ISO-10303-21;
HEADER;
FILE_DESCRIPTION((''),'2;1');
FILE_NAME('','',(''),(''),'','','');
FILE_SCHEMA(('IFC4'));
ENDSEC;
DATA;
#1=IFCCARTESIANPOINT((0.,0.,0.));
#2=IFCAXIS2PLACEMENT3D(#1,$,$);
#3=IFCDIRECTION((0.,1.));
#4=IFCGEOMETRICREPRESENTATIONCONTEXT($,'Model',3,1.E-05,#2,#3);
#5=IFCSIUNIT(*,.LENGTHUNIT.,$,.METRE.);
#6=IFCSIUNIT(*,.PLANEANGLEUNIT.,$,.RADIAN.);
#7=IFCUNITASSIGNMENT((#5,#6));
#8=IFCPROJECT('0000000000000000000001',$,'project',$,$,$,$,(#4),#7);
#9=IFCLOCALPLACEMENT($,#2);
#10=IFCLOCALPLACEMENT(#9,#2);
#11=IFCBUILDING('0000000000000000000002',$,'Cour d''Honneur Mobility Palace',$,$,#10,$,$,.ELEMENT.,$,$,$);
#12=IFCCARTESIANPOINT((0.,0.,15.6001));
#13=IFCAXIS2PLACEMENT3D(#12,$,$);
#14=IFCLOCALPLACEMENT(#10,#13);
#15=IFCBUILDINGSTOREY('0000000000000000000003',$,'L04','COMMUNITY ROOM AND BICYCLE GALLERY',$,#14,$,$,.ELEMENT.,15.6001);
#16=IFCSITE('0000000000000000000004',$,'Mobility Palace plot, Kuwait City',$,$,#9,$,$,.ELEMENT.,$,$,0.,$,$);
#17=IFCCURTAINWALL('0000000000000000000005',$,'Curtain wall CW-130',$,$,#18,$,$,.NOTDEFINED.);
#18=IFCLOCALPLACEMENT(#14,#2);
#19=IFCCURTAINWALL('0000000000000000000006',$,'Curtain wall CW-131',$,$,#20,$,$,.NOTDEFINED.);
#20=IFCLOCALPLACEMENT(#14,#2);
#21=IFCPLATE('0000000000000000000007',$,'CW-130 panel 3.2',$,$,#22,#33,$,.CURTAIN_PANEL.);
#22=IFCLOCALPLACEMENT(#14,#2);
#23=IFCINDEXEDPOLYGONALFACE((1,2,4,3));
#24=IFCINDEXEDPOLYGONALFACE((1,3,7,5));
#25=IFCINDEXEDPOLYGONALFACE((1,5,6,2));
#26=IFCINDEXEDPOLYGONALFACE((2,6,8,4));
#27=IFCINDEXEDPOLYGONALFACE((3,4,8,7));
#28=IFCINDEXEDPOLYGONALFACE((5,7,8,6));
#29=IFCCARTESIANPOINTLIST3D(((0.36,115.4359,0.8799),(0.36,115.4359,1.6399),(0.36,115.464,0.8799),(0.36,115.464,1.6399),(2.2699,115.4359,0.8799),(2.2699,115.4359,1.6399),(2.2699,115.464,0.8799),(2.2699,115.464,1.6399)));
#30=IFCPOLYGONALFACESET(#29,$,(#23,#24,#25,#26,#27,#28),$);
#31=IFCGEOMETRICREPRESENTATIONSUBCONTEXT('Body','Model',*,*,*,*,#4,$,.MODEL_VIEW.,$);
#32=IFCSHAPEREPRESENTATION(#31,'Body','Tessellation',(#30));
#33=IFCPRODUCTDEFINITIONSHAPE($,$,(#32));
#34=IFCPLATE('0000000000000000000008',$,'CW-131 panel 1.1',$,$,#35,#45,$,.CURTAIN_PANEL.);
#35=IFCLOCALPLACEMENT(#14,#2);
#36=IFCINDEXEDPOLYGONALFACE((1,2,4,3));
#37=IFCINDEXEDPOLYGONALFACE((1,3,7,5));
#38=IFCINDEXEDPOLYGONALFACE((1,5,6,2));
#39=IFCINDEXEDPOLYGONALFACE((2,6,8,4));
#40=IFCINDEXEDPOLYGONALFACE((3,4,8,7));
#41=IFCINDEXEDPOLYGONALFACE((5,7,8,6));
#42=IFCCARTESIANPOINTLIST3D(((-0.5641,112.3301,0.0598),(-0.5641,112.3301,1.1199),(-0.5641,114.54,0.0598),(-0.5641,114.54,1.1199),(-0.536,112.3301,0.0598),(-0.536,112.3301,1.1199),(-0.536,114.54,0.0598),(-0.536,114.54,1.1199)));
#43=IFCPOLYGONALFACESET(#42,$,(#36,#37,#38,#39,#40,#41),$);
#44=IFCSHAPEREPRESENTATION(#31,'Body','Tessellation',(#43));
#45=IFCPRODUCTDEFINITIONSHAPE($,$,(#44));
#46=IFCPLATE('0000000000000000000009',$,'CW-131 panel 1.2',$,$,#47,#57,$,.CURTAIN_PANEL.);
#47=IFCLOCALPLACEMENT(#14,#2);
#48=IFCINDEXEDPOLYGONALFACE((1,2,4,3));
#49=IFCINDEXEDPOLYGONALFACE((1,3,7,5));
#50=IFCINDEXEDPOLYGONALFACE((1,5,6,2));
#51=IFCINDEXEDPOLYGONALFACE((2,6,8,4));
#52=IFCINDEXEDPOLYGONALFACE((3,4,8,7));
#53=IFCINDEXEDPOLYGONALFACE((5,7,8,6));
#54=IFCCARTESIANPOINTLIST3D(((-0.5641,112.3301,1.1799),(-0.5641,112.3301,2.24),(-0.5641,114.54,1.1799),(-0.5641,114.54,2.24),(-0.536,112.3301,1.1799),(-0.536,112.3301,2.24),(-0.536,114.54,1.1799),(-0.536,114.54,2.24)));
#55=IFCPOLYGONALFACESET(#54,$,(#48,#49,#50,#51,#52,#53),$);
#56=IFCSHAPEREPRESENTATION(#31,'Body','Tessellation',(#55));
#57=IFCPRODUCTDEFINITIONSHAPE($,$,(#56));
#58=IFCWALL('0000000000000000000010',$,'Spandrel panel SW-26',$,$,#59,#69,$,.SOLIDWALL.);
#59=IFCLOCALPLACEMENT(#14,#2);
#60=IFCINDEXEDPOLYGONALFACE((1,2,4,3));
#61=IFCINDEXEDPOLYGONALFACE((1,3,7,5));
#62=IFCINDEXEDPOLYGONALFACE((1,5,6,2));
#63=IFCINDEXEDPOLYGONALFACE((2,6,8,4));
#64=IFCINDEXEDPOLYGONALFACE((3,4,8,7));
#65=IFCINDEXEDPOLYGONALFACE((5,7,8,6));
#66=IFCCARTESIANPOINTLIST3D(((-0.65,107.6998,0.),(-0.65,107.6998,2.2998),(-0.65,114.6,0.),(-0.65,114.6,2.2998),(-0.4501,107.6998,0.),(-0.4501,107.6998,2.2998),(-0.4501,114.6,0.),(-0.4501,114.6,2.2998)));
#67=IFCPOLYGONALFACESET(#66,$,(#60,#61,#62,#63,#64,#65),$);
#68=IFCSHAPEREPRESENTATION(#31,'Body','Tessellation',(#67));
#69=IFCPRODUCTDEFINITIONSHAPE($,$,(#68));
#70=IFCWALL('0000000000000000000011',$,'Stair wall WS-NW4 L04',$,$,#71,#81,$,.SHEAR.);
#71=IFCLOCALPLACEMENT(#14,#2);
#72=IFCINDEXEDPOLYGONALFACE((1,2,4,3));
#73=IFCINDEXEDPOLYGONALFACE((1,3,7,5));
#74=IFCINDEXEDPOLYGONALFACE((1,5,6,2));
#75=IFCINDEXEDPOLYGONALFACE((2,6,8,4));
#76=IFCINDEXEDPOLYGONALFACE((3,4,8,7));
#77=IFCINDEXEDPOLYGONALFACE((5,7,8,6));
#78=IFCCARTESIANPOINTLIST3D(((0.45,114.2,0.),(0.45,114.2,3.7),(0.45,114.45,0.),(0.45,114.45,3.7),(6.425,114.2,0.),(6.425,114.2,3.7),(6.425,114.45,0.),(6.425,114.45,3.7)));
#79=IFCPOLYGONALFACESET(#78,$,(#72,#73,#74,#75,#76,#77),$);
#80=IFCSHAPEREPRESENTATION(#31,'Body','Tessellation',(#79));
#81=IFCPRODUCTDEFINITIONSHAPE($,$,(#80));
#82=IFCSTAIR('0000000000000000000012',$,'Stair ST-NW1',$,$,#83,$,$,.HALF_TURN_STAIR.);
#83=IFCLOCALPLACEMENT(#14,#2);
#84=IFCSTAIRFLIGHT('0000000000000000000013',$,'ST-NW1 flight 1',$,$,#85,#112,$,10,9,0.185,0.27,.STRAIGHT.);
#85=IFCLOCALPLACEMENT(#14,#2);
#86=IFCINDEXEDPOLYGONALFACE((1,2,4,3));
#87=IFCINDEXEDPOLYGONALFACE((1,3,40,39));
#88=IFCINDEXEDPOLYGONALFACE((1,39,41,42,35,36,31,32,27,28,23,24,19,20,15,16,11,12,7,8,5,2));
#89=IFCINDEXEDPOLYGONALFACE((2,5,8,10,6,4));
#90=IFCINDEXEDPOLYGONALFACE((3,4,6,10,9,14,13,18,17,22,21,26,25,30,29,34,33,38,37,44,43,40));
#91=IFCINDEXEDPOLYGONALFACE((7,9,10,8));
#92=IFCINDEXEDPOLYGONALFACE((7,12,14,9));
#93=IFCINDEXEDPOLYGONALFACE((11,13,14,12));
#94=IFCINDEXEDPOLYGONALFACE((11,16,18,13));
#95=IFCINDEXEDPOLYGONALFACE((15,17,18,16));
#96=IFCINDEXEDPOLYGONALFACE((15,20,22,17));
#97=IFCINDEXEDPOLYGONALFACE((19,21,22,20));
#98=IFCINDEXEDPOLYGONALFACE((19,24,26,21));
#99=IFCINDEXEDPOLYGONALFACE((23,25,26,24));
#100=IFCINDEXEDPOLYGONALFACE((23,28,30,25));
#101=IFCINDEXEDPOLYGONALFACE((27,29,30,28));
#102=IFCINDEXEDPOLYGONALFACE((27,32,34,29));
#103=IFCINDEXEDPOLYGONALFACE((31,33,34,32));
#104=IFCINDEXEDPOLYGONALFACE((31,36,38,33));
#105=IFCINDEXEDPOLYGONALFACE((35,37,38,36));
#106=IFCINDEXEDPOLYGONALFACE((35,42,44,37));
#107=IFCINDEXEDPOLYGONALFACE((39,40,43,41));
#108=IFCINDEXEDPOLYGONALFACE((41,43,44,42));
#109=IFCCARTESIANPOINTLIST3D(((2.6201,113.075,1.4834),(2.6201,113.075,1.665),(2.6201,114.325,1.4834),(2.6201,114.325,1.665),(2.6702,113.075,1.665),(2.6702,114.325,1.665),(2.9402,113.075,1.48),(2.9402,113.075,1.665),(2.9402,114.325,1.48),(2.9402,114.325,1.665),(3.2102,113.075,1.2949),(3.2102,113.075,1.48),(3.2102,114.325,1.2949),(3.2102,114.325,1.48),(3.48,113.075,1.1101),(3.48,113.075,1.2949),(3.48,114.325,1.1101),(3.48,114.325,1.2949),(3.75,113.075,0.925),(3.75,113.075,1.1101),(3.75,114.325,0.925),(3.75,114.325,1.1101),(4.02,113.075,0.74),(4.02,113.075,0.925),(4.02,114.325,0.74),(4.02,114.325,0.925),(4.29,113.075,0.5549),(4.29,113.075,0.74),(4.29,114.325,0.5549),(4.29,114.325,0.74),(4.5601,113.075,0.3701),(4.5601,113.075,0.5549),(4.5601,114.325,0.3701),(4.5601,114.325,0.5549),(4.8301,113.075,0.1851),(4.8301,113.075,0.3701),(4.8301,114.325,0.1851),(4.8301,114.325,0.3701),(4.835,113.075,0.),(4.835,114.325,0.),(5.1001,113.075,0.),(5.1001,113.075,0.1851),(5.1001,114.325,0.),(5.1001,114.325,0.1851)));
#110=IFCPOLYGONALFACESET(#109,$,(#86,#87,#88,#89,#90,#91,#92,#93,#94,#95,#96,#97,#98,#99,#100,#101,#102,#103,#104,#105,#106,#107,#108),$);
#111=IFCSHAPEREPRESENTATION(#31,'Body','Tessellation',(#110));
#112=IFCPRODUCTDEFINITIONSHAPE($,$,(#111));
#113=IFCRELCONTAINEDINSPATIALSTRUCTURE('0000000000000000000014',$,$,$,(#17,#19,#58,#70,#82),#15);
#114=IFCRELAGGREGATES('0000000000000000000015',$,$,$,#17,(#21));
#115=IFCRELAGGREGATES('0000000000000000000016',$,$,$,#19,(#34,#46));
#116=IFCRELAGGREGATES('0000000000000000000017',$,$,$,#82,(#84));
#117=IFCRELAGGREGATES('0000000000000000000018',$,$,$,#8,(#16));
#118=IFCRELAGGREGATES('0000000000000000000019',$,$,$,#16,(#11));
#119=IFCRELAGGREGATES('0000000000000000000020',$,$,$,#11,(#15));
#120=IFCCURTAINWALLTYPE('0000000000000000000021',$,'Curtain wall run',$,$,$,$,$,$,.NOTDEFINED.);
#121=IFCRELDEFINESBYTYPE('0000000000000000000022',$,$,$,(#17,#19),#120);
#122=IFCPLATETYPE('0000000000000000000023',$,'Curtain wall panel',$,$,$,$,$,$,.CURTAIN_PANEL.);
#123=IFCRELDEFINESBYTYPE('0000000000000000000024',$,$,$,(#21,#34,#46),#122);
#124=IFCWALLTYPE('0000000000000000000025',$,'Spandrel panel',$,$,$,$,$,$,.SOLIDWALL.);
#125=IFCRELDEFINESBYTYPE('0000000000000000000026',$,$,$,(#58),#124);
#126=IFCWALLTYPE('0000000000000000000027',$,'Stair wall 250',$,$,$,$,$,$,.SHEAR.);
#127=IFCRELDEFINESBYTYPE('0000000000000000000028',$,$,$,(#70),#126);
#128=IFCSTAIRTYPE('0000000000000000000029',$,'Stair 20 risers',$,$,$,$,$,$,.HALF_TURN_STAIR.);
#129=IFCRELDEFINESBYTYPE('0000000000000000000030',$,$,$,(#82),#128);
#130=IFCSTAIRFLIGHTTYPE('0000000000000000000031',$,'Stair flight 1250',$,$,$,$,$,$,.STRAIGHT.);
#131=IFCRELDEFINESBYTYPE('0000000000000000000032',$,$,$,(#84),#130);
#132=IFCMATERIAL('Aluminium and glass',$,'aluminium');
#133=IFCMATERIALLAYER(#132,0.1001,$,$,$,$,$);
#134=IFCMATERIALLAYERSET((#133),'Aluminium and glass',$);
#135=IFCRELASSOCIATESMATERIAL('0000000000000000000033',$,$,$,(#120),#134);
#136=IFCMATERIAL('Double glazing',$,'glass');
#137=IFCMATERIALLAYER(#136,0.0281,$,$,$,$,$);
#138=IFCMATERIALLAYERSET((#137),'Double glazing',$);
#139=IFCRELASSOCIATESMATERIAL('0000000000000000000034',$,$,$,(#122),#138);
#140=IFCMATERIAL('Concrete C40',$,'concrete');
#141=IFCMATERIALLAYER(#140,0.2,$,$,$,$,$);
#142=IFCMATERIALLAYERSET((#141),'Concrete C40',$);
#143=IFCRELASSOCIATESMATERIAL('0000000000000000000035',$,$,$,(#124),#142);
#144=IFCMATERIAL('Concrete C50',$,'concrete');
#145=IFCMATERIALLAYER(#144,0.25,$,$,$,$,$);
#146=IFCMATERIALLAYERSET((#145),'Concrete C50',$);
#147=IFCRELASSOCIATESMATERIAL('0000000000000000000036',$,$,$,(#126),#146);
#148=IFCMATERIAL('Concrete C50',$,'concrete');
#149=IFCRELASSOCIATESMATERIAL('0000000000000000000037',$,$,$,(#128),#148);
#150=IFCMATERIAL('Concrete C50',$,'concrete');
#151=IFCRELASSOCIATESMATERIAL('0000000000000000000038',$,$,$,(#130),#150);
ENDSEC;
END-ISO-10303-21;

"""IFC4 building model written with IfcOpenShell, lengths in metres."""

from ifc_helpers import new_model, si_unit, direction, frame, frame_2d, origin, origin_2d, place, context, subcontext, project, spatial, polyline, rectangle, outline, extrude, material, layer, layer_set, type_object, element, aggregate, save


model = new_model("IFC4")

# Units and contexts
model_context = context("Model", 3, precision=1e-05, world=origin(), true_north=direction((0.0, 1.0)))
body_context = subcontext(model_context, "Body", "Model", "MODEL_VIEW")
ifc_project = project(units=[si_unit("LENGTHUNIT", "METRE"), si_unit("PLANEANGLEUNIT", "RADIAN")], contexts=[model_context])

# Site, building, storey
site_placement = place(None, origin())
site = spatial("IfcSite", under=ifc_project, at=site_placement, Name="Mobility Palace plot, Kuwait City", CompositionType="ELEMENT", RefElevation=0.0)
building_placement = place(site_placement, origin())
building = spatial("IfcBuilding", under=site, at=building_placement, Name="Cour d'Honneur Mobility Palace", CompositionType="ELEMENT")
storey_placement = place(building_placement, frame((0.0, 0.0, 15.6001)))
storey = spatial("IfcBuildingStorey", under=building, at=storey_placement, Name="L04", Description="COMMUNITY ROOM AND BICYCLE GALLERY", CompositionType="ELEMENT", Elevation=15.6001)

# Curtain walls
ifc_material_1 = material(Name="Aluminium and glass", Category="aluminium")
ifc_layer_1 = layer(ifc_material_1, 0.1001)
ifc_layer_set_1 = layer_set([ifc_layer_1], Name="Aluminium and glass")
curtain_wall_type = type_object("IfcCurtainWallType", Name="Curtain wall run", PredefinedType="NOTDEFINED", material=ifc_layer_set_1)
curtain_wall_1_placement = place(storey_placement, origin())
curtain_wall_1 = element("IfcCurtainWall", 1, at=curtain_wall_1_placement, inside=storey, type_object=curtain_wall_type, Name="Curtain wall CW-130", PredefinedType="NOTDEFINED")
curtain_wall_2_placement = place(storey_placement, origin())
curtain_wall_2 = element("IfcCurtainWall", 2, at=curtain_wall_2_placement, inside=storey, type_object=curtain_wall_type, Name="Curtain wall CW-131", PredefinedType="NOTDEFINED")

# Plates
ifc_material_2 = material(Name="Double glazing", Category="glass")
ifc_layer_2 = layer(ifc_material_2, 0.0281)
ifc_layer_set_2 = layer_set([ifc_layer_2], Name="Double glazing")
plate_type = type_object("IfcPlateType", Name="Curtain wall panel", PredefinedType="CURTAIN_PANEL", material=ifc_layer_set_2)
plate_1_placement = place(storey_placement, frame((1.3149, 115.45, 0.8799), z_axis=(0.0, 0.0, 1.0), x_axis=(-1.0, 0.0, 0.0)))
plate_1 = element("IfcPlate", 3, at=plate_1_placement, type_object=plate_type, Name="CW-130 panel 3.2", PredefinedType="CURTAIN_PANEL", context=body_context, shape_type="SweptSolid", body=[
    extrude(rectangle(XDim=1.9099, YDim=0.0281, at=origin_2d()), origin(), (0.0, 0.0, 1.0), 0.76),
])
aggregate(curtain_wall_1, [plate_1])
plate_2_placement = place(storey_placement, frame((-0.55, 113.4351, 0.0598), z_axis=(0.0, 0.0, 1.0), x_axis=(0.0, -1.0, 0.0)))
plate_2 = element("IfcPlate", 4, at=plate_2_placement, type_object=plate_type, Name="CW-131 panel 1.1", PredefinedType="CURTAIN_PANEL", context=body_context, shape_type="SweptSolid", body=[
    extrude(rectangle(XDim=2.21, YDim=0.0281, at=origin_2d()), origin(), (0.0, 0.0, 1.0), 1.0601),
])
plate_3_placement = place(storey_placement, frame((-0.55, 113.4351, 1.1799), z_axis=(0.0, 0.0, 1.0), x_axis=(0.0, -1.0, 0.0)))
plate_3 = element("IfcPlate", 5, at=plate_3_placement, type_object=plate_type, Name="CW-131 panel 1.2", PredefinedType="CURTAIN_PANEL", context=body_context, shape_type="SweptSolid", body=[
    extrude(rectangle(XDim=2.21, YDim=0.0281, at=origin_2d()), origin(), (0.0, 0.0, 1.0), 1.0601),
])
aggregate(curtain_wall_2, [plate_2, plate_3])

# Walls
ifc_material_3 = material(Name="Concrete C40", Category="concrete")
ifc_layer_3 = layer(ifc_material_3, 0.2)
ifc_layer_set_3 = layer_set([ifc_layer_3], Name="Concrete C40")
wall_type_1 = type_object("IfcWallType", Name="Spandrel panel", PredefinedType="SOLIDWALL", material=ifc_layer_set_3)
wall_1_placement = place(storey_placement, frame((-0.55, 114.6001, 0.0), z_axis=(0.0, 0.0, 1.0), x_axis=(0.0, -1.0, 0.0)))
element("IfcWall", 6, at=wall_1_placement, inside=storey, type_object=wall_type_1, Name="Spandrel panel SW-26", PredefinedType="SOLIDWALL", context=body_context, shape_type="SweptSolid", body=[
    extrude(rectangle(XDim=6.9001, YDim=0.2, at=frame_2d((3.4502, 0.0))), origin(), (0.0, 0.0, 1.0), 2.2998),
])
ifc_material_4 = material(Name="Concrete C50", Category="concrete")
ifc_layer_4 = layer(ifc_material_4, 0.25)
ifc_layer_set_4 = layer_set([ifc_layer_4], Name="Concrete C50")
wall_type_2 = type_object("IfcWallType", Name="Stair wall 250", PredefinedType="SHEAR", material=ifc_layer_set_4)
wall_2_placement = place(storey_placement, frame((0.45, 114.325, 0.0), z_axis=(0.0, 0.0, 1.0), x_axis=(1.0, 0.0, 0.0)))
element("IfcWall", 7, at=wall_2_placement, inside=storey, type_object=wall_type_2, Name="Stair wall WS-NW4 L04", PredefinedType="SHEAR", context=body_context, shape_type="SweptSolid", body=[
    extrude(rectangle(XDim=5.9751, YDim=0.25, at=frame_2d((2.9875, 0.0))), origin(), (0.0, 0.0, 1.0), 3.7),
])

# Stair, stair flight
ifc_material_5 = material(Name="Concrete C50", Category="concrete")
stair_type = type_object("IfcStairType", Name="Stair 20 risers", PredefinedType="HALF_TURN_STAIR", material=ifc_material_5)
stair_placement = place(storey_placement, origin())
stair = element("IfcStair", 8, at=stair_placement, inside=storey, type_object=stair_type, Name="Stair ST-NW1", PredefinedType="HALF_TURN_STAIR")
ifc_material_6 = material(Name="Concrete C50", Category="concrete")
stair_flight_type = type_object("IfcStairFlightType", Name="Stair flight 1250", PredefinedType="STRAIGHT", material=ifc_material_6)
stair_flight_placement = place(storey_placement, frame((5.1001, 113.7, 0.0), z_axis=(0.0, 0.0, 1.0), x_axis=(-1.0, 0.0, 0.0)))
stair_flight = element("IfcStairFlight", 9, at=stair_flight_placement, type_object=stair_flight_type, Name="ST-NW1 flight 1", NumberOfRisers=10, NumberOfTreads=9, PredefinedType="STRAIGHT", RiserHeight=0.185, TreadLength=0.27, context=body_context, shape_type="SweptSolid", body=[
    extrude(outline(polyline([(0.0, 0.0), (0.0, 0.1851), (0.27, 0.1851), (0.27, 0.3701), (0.54, 0.3701), (0.54, 0.5549), (0.8101, 0.5549), (0.8101, 0.74), (1.0801, 0.74), (1.0801, 0.925), (1.3501, 0.925), (1.3501, 1.1101), (1.6201, 1.1101), (1.6201, 1.2949), (1.8899, 1.2949), (1.8899, 1.48), (2.1599, 1.48), (2.1599, 1.665), (2.4299, 1.665), (2.48, 1.665), (2.48, 1.4834), (0.2651, 0.0), (0.0, 0.0)])), frame((0.0, 0.625, 0.0), z_axis=(0.0, -1.0, 0.0), x_axis=(1.0, 0.0, 0.0)), (0.0, 0.0, 1.0), 1.25),
])
aggregate(stair, [stair_flight])

save(model, "model.ifc")
